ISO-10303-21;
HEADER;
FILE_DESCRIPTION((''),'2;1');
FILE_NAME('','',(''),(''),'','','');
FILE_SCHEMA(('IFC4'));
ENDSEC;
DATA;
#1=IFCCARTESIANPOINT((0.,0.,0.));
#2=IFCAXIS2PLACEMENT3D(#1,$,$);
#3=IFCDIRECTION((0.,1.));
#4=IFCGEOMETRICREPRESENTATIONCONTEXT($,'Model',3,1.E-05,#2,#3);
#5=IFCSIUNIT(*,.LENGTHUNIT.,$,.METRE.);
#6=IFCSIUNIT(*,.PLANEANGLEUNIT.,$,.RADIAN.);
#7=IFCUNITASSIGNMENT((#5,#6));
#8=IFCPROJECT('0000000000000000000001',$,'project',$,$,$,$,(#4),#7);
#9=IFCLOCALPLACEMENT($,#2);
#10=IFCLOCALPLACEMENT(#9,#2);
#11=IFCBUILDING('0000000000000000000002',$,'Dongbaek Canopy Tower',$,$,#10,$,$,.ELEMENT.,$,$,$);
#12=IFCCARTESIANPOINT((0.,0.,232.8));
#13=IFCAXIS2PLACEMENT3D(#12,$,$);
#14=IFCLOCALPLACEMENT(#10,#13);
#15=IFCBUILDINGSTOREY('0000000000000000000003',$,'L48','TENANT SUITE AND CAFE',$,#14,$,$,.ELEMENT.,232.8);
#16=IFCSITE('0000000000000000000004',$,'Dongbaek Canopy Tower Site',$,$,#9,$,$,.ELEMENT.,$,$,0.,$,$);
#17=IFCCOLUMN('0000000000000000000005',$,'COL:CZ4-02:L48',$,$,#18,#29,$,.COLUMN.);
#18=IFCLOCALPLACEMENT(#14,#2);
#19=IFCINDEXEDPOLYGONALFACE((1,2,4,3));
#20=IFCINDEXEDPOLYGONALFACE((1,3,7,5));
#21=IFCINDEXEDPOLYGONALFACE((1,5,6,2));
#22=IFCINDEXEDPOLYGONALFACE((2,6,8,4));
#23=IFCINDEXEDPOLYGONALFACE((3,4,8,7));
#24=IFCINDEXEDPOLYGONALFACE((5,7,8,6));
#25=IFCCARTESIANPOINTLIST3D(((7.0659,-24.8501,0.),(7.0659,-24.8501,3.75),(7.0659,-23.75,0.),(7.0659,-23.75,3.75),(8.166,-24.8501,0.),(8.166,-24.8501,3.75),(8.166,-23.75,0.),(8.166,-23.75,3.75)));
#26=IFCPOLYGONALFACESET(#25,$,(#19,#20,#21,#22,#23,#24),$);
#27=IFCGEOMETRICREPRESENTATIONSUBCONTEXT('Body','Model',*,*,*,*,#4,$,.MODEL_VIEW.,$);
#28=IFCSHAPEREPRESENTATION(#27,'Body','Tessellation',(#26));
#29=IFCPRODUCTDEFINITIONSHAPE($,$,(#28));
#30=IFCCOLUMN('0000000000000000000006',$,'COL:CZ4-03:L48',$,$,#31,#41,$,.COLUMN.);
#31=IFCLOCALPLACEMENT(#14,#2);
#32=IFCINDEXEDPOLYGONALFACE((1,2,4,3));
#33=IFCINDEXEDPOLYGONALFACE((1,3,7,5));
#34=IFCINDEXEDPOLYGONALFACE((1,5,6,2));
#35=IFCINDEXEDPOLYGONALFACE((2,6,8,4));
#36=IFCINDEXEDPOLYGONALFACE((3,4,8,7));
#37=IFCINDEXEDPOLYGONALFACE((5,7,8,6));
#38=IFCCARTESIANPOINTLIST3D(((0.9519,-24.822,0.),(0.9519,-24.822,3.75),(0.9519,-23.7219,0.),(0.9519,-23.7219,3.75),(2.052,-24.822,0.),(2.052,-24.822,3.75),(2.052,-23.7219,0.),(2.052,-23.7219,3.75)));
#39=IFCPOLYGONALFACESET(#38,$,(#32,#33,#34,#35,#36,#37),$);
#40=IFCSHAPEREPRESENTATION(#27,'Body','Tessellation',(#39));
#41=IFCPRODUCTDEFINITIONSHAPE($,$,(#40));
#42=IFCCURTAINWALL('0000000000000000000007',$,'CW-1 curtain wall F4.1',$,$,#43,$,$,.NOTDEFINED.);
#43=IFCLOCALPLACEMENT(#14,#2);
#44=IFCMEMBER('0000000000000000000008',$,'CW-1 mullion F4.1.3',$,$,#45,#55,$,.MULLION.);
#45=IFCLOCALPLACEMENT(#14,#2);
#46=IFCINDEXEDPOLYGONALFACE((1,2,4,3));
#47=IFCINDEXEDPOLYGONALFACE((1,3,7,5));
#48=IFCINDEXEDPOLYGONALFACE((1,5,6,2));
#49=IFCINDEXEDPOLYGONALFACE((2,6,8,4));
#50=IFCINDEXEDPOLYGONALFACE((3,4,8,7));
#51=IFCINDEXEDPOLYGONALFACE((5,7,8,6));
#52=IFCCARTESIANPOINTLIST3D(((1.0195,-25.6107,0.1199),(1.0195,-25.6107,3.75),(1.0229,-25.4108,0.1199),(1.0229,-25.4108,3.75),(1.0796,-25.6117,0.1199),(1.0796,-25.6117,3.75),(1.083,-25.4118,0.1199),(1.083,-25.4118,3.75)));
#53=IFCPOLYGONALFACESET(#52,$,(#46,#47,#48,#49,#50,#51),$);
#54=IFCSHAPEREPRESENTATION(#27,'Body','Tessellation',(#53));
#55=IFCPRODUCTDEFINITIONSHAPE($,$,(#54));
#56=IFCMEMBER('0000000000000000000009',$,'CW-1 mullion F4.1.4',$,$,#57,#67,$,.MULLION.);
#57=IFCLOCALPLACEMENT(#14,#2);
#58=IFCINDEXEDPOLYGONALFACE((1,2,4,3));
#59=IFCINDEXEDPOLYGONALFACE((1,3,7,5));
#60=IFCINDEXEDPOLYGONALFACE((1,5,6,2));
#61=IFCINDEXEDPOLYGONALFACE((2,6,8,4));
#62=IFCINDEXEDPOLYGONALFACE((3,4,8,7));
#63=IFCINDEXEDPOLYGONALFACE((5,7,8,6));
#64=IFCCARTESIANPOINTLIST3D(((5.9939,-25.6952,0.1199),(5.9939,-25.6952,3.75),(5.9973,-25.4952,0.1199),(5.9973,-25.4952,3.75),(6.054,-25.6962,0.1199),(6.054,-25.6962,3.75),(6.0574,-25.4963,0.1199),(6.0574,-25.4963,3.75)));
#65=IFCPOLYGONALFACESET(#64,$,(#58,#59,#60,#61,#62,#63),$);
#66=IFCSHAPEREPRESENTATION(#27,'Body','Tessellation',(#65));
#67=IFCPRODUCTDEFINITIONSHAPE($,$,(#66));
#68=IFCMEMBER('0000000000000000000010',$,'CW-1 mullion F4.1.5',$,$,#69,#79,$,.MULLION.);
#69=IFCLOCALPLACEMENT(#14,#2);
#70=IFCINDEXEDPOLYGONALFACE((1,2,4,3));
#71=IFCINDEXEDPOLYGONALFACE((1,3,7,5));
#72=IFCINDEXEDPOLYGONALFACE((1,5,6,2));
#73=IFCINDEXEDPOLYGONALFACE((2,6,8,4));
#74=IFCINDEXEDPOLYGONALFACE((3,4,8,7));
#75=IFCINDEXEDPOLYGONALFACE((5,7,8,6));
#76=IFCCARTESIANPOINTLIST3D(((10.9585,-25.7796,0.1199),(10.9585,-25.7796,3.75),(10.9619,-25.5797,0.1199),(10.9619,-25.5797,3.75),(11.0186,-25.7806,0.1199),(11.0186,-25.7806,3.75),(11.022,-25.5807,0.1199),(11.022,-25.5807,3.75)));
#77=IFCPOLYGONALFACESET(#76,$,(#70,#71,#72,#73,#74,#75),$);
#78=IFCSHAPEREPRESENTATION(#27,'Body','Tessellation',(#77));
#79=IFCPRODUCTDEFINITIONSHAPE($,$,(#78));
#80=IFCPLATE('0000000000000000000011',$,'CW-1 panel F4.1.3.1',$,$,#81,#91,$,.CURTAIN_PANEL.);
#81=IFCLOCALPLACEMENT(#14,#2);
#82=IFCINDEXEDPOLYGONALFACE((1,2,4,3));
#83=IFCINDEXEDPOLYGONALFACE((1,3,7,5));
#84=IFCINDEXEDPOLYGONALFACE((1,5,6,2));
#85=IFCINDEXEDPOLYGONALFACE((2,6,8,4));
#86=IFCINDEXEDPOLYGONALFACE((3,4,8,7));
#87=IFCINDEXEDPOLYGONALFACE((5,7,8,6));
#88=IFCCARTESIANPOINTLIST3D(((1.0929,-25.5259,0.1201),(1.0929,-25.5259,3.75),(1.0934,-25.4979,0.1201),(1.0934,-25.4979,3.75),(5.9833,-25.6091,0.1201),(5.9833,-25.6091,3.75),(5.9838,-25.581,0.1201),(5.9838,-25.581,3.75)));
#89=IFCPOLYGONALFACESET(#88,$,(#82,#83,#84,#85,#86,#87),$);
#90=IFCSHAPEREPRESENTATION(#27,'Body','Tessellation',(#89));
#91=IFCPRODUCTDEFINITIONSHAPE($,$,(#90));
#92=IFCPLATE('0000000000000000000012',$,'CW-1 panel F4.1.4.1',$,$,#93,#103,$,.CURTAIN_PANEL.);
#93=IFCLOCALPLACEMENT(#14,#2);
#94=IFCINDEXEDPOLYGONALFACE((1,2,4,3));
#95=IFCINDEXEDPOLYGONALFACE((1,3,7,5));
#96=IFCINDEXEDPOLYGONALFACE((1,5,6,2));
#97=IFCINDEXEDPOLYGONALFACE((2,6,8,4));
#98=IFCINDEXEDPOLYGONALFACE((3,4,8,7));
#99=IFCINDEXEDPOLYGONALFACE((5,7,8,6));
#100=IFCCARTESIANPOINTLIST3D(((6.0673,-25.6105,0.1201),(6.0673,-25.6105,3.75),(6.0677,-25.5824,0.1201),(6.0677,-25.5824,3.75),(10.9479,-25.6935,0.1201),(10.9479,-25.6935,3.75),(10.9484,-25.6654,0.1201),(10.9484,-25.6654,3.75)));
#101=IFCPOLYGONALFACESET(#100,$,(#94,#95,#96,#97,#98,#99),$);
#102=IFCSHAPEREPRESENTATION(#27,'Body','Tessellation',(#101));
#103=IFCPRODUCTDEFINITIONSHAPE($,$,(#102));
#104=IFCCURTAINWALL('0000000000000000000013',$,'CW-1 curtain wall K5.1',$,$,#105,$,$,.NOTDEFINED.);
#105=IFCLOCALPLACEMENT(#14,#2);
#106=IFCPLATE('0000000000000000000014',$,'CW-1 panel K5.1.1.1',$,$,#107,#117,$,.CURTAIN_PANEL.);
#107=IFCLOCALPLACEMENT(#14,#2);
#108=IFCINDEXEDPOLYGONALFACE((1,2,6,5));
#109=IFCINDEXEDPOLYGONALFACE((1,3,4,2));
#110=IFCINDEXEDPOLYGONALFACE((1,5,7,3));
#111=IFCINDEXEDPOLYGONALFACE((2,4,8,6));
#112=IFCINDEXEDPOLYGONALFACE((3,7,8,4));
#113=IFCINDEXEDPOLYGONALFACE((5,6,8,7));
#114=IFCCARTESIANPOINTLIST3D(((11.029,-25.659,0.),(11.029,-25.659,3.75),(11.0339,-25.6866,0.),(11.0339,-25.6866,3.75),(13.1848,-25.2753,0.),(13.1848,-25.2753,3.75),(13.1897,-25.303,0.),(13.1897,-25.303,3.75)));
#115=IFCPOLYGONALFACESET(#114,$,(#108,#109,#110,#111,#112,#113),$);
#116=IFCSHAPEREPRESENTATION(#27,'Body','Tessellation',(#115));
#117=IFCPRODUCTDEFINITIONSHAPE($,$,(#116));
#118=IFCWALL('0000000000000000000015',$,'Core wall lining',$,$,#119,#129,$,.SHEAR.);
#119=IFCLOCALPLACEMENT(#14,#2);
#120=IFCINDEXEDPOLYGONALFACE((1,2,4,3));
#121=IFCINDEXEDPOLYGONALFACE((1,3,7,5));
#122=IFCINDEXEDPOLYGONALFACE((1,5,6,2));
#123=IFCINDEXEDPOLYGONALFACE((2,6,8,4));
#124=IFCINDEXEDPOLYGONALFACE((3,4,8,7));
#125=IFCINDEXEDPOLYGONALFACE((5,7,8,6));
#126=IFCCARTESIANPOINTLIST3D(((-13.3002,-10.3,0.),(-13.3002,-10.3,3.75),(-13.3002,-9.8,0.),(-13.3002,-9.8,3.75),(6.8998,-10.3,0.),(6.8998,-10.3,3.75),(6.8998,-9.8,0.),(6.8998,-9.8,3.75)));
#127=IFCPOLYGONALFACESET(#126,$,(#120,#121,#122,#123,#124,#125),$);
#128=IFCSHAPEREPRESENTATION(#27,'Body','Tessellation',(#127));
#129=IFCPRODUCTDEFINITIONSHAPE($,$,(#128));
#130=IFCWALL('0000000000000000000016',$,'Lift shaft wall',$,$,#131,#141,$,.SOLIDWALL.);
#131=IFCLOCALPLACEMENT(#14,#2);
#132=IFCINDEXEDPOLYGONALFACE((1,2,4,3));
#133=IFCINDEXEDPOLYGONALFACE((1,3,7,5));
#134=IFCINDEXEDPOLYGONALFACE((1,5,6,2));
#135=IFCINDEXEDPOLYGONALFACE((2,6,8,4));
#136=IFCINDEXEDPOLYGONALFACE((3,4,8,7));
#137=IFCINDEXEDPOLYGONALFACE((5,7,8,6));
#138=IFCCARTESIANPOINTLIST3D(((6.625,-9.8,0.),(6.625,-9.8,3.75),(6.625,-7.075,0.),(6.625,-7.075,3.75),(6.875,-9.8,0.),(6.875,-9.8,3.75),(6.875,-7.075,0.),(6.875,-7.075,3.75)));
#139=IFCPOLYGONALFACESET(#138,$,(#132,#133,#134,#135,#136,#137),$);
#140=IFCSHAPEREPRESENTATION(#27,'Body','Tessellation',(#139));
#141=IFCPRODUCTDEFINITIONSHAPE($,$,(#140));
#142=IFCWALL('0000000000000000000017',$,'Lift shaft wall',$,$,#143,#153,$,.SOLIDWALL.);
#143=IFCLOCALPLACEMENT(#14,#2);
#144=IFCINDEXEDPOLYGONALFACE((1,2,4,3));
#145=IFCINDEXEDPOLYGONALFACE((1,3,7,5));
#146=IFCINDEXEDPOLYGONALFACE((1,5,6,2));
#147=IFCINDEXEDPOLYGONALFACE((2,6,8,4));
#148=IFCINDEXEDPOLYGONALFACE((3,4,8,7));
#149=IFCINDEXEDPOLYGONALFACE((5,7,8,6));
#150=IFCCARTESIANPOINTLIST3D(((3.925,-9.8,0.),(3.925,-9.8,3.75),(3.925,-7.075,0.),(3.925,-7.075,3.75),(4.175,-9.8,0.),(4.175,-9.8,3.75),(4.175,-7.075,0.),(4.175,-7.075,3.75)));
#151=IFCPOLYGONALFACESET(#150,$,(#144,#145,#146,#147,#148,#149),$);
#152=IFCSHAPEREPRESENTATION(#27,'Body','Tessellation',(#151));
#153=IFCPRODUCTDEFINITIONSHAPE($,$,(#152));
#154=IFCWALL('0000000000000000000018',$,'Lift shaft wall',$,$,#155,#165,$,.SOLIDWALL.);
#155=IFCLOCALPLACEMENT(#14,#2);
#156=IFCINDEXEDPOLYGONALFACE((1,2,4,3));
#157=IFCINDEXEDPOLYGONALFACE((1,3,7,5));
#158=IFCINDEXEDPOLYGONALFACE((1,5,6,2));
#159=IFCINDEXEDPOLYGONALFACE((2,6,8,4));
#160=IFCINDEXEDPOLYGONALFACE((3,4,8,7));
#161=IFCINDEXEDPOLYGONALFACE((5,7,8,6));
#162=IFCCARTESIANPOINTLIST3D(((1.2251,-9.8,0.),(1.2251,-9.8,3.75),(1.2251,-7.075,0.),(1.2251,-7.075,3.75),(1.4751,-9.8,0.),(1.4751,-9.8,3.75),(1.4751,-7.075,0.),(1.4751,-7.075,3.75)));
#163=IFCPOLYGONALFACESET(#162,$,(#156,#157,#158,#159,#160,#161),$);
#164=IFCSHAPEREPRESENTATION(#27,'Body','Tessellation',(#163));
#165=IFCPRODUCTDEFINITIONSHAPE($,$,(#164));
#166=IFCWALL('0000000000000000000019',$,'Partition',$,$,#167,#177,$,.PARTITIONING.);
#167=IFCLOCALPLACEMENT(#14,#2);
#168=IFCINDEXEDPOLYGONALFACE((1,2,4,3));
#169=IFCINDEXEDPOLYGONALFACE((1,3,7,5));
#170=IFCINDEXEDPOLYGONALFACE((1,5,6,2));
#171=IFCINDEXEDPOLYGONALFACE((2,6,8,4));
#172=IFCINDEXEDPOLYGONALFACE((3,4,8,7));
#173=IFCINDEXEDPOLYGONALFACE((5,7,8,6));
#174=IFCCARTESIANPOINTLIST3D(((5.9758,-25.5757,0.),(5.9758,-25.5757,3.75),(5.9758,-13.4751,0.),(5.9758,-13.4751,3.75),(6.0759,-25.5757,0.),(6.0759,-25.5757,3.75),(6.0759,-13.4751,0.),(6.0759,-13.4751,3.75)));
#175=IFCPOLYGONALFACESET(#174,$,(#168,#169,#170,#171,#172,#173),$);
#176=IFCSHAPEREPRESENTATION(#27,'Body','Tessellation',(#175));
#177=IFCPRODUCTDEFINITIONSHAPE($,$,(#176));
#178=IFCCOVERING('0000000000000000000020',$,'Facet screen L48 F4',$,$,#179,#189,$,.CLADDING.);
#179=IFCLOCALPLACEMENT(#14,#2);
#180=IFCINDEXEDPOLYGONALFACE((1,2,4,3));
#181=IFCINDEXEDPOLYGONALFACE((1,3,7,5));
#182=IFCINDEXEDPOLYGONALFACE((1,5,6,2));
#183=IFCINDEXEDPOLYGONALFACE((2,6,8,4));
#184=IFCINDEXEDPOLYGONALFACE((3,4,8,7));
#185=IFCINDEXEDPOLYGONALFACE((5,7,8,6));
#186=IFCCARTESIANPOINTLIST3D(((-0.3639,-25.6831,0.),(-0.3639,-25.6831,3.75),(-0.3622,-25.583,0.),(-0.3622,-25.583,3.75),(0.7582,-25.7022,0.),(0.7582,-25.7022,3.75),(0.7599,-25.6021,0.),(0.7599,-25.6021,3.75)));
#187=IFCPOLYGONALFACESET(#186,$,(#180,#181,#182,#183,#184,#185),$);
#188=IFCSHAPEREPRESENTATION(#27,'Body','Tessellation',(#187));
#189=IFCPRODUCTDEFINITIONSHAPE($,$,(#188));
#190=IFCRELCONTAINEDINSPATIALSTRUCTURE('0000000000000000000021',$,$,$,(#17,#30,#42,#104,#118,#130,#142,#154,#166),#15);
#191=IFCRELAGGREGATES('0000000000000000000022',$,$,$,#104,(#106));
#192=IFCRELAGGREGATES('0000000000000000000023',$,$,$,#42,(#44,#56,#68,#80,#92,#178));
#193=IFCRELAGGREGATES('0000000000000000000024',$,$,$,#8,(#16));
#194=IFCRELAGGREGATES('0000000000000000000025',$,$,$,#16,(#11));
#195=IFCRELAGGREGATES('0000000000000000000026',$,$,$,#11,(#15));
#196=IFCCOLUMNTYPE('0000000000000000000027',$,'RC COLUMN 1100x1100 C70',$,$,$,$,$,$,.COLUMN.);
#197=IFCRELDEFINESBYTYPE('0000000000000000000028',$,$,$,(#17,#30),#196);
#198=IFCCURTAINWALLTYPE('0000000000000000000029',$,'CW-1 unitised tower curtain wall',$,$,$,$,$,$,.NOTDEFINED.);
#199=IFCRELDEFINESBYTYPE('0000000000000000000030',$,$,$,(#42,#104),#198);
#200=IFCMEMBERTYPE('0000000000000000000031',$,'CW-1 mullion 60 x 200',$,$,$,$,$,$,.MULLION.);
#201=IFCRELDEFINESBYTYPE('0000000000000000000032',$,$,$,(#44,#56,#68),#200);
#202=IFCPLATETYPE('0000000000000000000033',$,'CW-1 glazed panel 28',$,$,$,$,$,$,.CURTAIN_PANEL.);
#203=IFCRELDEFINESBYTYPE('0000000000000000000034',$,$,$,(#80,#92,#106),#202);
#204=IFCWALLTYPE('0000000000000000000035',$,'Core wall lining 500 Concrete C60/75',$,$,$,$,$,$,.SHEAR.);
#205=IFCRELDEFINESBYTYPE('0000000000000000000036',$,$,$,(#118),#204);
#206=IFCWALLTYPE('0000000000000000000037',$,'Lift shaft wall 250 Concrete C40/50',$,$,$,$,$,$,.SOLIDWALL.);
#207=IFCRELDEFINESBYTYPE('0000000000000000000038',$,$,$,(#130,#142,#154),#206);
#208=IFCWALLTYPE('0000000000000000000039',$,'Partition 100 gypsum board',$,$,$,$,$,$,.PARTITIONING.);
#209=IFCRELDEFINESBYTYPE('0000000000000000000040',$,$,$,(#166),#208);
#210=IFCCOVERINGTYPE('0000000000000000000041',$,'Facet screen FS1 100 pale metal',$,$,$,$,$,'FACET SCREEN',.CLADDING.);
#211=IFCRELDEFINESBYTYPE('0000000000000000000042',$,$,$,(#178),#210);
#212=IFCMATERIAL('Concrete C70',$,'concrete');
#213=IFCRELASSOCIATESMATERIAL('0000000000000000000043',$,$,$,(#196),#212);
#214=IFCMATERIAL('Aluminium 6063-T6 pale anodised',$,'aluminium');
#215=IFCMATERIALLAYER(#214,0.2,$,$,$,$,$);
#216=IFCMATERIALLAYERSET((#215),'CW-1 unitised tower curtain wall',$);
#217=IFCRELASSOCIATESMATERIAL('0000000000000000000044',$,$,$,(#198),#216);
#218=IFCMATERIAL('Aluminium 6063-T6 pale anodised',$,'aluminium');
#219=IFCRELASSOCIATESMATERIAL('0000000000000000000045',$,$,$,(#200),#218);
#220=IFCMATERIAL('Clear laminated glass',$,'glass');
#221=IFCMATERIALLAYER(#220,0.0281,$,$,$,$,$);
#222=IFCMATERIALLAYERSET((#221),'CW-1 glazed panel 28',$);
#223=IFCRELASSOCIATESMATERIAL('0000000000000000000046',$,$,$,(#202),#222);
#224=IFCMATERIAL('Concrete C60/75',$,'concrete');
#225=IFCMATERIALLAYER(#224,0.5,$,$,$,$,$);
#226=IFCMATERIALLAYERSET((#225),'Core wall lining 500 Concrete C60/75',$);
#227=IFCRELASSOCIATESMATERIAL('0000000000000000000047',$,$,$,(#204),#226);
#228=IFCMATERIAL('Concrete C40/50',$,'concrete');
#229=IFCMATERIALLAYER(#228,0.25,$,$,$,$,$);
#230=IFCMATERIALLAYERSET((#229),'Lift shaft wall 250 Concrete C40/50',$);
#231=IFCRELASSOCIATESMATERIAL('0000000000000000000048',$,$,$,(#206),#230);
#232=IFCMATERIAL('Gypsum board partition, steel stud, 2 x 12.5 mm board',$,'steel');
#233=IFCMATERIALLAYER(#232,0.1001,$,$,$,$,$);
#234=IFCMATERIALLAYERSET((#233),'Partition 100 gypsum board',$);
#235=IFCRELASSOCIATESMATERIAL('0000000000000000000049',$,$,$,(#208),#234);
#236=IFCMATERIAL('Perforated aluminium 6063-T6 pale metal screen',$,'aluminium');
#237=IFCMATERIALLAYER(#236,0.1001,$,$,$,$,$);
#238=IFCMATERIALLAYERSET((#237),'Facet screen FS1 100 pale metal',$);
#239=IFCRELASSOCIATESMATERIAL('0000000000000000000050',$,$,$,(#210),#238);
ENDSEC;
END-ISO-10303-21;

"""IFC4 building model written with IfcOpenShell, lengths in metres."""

from ifc_helpers import new_model, si_unit, direction, frame, frame_2d, origin, origin_2d, place, context, subcontext, project, spatial, rectangle, extrude, material, layer, layer_set, material_profile, profile_set, type_object, element, aggregate, save


model = new_model("IFC4")

# Units and contexts
model_context = context("Model", 3, precision=1e-05, world=origin(), true_north=direction((0.0, 1.0)))
body_context = subcontext(model_context, "Body", "Model", "MODEL_VIEW")
ifc_project = project(units=[si_unit("LENGTHUNIT", "METRE"), si_unit("PLANEANGLEUNIT", "RADIAN")], contexts=[model_context])

# Site, building, storey
site_placement = place(None, origin())
site = spatial("IfcSite", under=ifc_project, at=site_placement, Name="Dongbaek Canopy Tower Site", CompositionType="ELEMENT", RefElevation=0.0)
building_placement = place(site_placement, origin())
building = spatial("IfcBuilding", under=site, at=building_placement, Name="Dongbaek Canopy Tower", CompositionType="ELEMENT")
storey_placement = place(building_placement, frame((0.0, 0.0, 232.8)))
storey = spatial("IfcBuildingStorey", under=building, at=storey_placement, Name="L48", Description="TENANT SUITE AND CAFE", CompositionType="ELEMENT", Elevation=232.8)

# Columns
ifc_material_1 = material(Name="Concrete C70", Category="concrete")
ifc_material_profile_1 = material_profile(ifc_material_1, rectangle(XDim=1.1001, YDim=1.1001, at=origin_2d()), Name="RC COLUMN 1100x1100 C70")
ifc_profile_set_1 = profile_set([ifc_material_profile_1], Name="Concrete C70")
column_type = type_object("IfcColumnType", Name="RC COLUMN 1100x1100 C70", PredefinedType="COLUMN", material=ifc_profile_set_1)
for number, where, z_axis, x_axis, name in (
    (1, (7.616, -24.3, 0.0), (0.0, 0.0, 1.0), (1.0, 0.0, 0.0), "COL:CZ4-02:L48"),
    (2, (1.502, -24.272, 0.0), (0.0, 0.0, 1.0), (1.0, 0.0, 0.0), "COL:CZ4-03:L48"),
):
    element("IfcColumn", number, at=place(storey_placement, frame(where, z_axis=z_axis, x_axis=x_axis)), inside=storey, type_object=column_type, Name=name, PredefinedType="COLUMN", context=body_context, shape_type="SweptSolid", body=[
        extrude(rectangle(XDim=1.1001, YDim=1.1001, at=origin_2d()), origin(), (0.0, 0.0, 1.0), 3.75),
    ])

# Curtain wall, members, plates
ifc_material_2 = material(Name="Aluminium 6063-T6 pale anodised", Category="aluminium")
ifc_layer_1 = layer(ifc_material_2, 0.2)
ifc_layer_set_1 = layer_set([ifc_layer_1], Name="CW-1 unitised tower curtain wall")
curtain_wall_type = type_object("IfcCurtainWallType", Name="CW-1 unitised tower curtain wall", PredefinedType="NOTDEFINED", material=ifc_layer_set_1)
curtain_wall_1_placement = place(storey_placement, origin())
curtain_wall_1 = element("IfcCurtainWall", 3, at=curtain_wall_1_placement, inside=storey, type_object=curtain_wall_type, Name="CW-1 curtain wall F4.1", PredefinedType="NOTDEFINED")
ifc_material_3 = material(Name="Aluminium 6063-T6 pale anodised", Category="aluminium")
ifc_material_profile_2 = material_profile(ifc_material_3, rectangle(XDim=0.2, YDim=0.0601, at=origin_2d()), Name="CW-1 mullion 60 x 200")
ifc_profile_set_2 = profile_set([ifc_material_profile_2], Name="Aluminium 6063-T6 pale anodised")
member_type = type_object("IfcMemberType", Name="CW-1 mullion 60 x 200", PredefinedType="MULLION", material=ifc_profile_set_2)
member_1_placement = place(storey_placement, frame((1.0513, -25.5112, 0.1199), z_axis=(0.0, 0.0, 1.0), x_axis=(-0.016993, -0.999856, 0.0)))
member_1 = element("IfcMember", 4, at=member_1_placement, type_object=member_type, Name="CW-1 mullion F4.1.3", PredefinedType="MULLION", context=body_context, shape_type="SweptSolid", body=[
    extrude(rectangle(XDim=0.2, YDim=0.0601, at=origin_2d()), origin(), (0.0, 0.0, 1.0), 3.6301),
])
member_2_placement = place(storey_placement, frame((6.0256, -25.5957, 0.1199), z_axis=(0.0, 0.0, 1.0), x_axis=(-0.016993, -0.999856, 0.0)))
member_2 = element("IfcMember", 5, at=member_2_placement, type_object=member_type, Name="CW-1 mullion F4.1.4", PredefinedType="MULLION", context=body_context, shape_type="SweptSolid", body=[
    extrude(rectangle(XDim=0.2, YDim=0.0601, at=origin_2d()), origin(), (0.0, 0.0, 1.0), 3.6301),
])
member_3_placement = place(storey_placement, frame((10.9902, -25.6802, 0.1199), z_axis=(0.0, 0.0, 1.0), x_axis=(-0.016993, -0.999856, 0.0)))
member_3 = element("IfcMember", 6, at=member_3_placement, type_object=member_type, Name="CW-1 mullion F4.1.5", PredefinedType="MULLION", context=body_context, shape_type="SweptSolid", body=[
    extrude(rectangle(XDim=0.2, YDim=0.0601, at=origin_2d()), origin(), (0.0, 0.0, 1.0), 3.6301),
])
ifc_material_4 = material(Name="Clear laminated glass", Category="glass")
ifc_layer_2 = layer(ifc_material_4, 0.0281)
ifc_layer_set_2 = layer_set([ifc_layer_2], Name="CW-1 glazed panel 28")
plate_type = type_object("IfcPlateType", Name="CW-1 glazed panel 28", PredefinedType="CURTAIN_PANEL", material=ifc_layer_set_2)
plate_1_placement = place(storey_placement, frame((3.5383, -25.5535, 0.1201), z_axis=(0.0, 0.0, 1.0), x_axis=(0.999856, -0.016993, 0.0)))
plate_1 = element("IfcPlate", 7, at=plate_1_placement, type_object=plate_type, Name="CW-1 panel F4.1.3.1", PredefinedType="CURTAIN_PANEL", context=body_context, shape_type="SweptSolid", body=[
    extrude(rectangle(XDim=4.8911, YDim=0.0281, at=origin_2d()), origin(), (0.0, 0.0, 1.0), 3.6299),
])
plate_2_placement = place(storey_placement, frame((8.5078, -25.6379, 0.1201), z_axis=(0.0, 0.0, 1.0), x_axis=(0.999856, -0.016993, 0.0)))
plate_2 = element("IfcPlate", 8, at=plate_2_placement, type_object=plate_type, Name="CW-1 panel F4.1.4.1", PredefinedType="CURTAIN_PANEL", context=body_context, shape_type="SweptSolid", body=[
    extrude(rectangle(XDim=4.8813, YDim=0.0281, at=origin_2d()), origin(), (0.0, 0.0, 1.0), 3.6299),
])

# Curtain wall, plate
curtain_wall_2_placement = place(storey_placement, origin())
curtain_wall_2 = element("IfcCurtainWall", 9, at=curtain_wall_2_placement, inside=storey, type_object=curtain_wall_type, Name="CW-1 curtain wall K5.1", PredefinedType="NOTDEFINED")
plate_3_placement = place(storey_placement, frame((12.1094, -25.481, 0.0), z_axis=(0.0, 0.0, 1.0), x_axis=(0.984533, 0.175201, 0.0)))
plate_3 = element("IfcPlate", 10, at=plate_3_placement, type_object=plate_type, Name="CW-1 panel K5.1.1.1", PredefinedType="CURTAIN_PANEL", context=body_context, shape_type="SweptSolid", body=[
    extrude(rectangle(XDim=2.1897, YDim=0.0281, at=origin_2d()), origin(), (0.0, 0.0, 1.0), 3.75),
])
aggregate(curtain_wall_2, [plate_3])

# Walls
ifc_material_5 = material(Name="Concrete C60/75", Category="concrete")
ifc_layer_3 = layer(ifc_material_5, 0.5)
ifc_layer_set_3 = layer_set([ifc_layer_3], Name="Core wall lining 500 Concrete C60/75")
wall_type_1 = type_object("IfcWallType", Name="Core wall lining 500 Concrete C60/75", PredefinedType="SHEAR", material=ifc_layer_set_3)
wall_1_placement = place(storey_placement, frame((6.8999, -10.05, 0.0), z_axis=(0.0, 0.0, 1.0), x_axis=(-1.0, 0.0, 0.0)))
element("IfcWall", 11, at=wall_1_placement, inside=storey, type_object=wall_type_1, Name="Core wall lining", PredefinedType="SHEAR", context=body_context, shape_type="SweptSolid", body=[
    extrude(rectangle(XDim=20.2, YDim=0.5, at=frame_2d((10.1001, 0.0))), origin(), (0.0, 0.0, 1.0), 3.75),
])
ifc_material_6 = material(Name="Concrete C40/50", Category="concrete")
ifc_layer_4 = layer(ifc_material_6, 0.25)
ifc_layer_set_4 = layer_set([ifc_layer_4], Name="Lift shaft wall 250 Concrete C40/50")
wall_type_2 = type_object("IfcWallType", Name="Lift shaft wall 250 Concrete C40/50", PredefinedType="SOLIDWALL", material=ifc_layer_set_4)
for number, where, z_axis, x_axis, name in (
    (12, (6.75, -9.8, 0.0), (0.0, 0.0, 1.0), (0.0, 1.0, 0.0), "Lift shaft wall"),
    (13, (4.05, -9.8, 0.0), (0.0, 0.0, 1.0), (0.0, 1.0, 0.0), "Lift shaft wall"),
    (14, (1.3501, -9.8, 0.0), (0.0, 0.0, 1.0), (0.0, 1.0, 0.0), "Lift shaft wall"),
):
    element("IfcWall", number, at=place(storey_placement, frame(where, z_axis=z_axis, x_axis=x_axis)), inside=storey, type_object=wall_type_2, Name=name, PredefinedType="SOLIDWALL", context=body_context, shape_type="SweptSolid", body=[
        extrude(rectangle(XDim=2.7251, YDim=0.25, at=frame_2d((1.3625, 0.0))), origin(), (0.0, 0.0, 1.0), 3.75),
    ])
ifc_material_7 = material(Name="Gypsum board partition, steel stud, 2 x 12.5 mm board", Category="steel")
ifc_layer_5 = layer(ifc_material_7, 0.1001)
ifc_layer_set_5 = layer_set([ifc_layer_5], Name="Partition 100 gypsum board")
wall_type_3 = type_object("IfcWallType", Name="Partition 100 gypsum board", PredefinedType="PARTITIONING", material=ifc_layer_set_5)
wall_2_placement = place(storey_placement, frame((6.0259, -25.5757, 0.0), z_axis=(0.0, 0.0, 1.0), x_axis=(0.0, 1.0, 0.0)))
element("IfcWall", 15, at=wall_2_placement, inside=storey, type_object=wall_type_3, Name="Partition", PredefinedType="PARTITIONING", context=body_context, shape_type="SweptSolid", body=[
    extrude(rectangle(XDim=12.1006, YDim=0.1001, at=frame_2d((6.0503, 0.0))), origin(), (0.0, 0.0, 1.0), 3.75),
])

# Covering
ifc_material_8 = material(Name="Perforated aluminium 6063-T6 pale metal screen", Category="aluminium")
ifc_layer_6 = layer(ifc_material_8, 0.1001)
ifc_layer_set_6 = layer_set([ifc_layer_6], Name="Facet screen FS1 100 pale metal")
covering_type_1 = type_object("IfcCoveringType", Name="Facet screen FS1 100 pale metal", ElementType="FACET SCREEN", PredefinedType="CLADDING", material=ifc_layer_set_6)
covering_1_placement = place(storey_placement, frame((0.198, -25.6426, 0.0), z_axis=(0.0, 0.0, 1.0), x_axis=(0.999856, -0.016993, 0.0)))
covering_1 = element("IfcCovering", 16, at=covering_1_placement, type_object=covering_type_1, Name="Facet screen L48 F4", PredefinedType="CLADDING", context=body_context, shape_type="SweptSolid", body=[
    extrude(rectangle(XDim=1.1223, YDim=0.1001, at=origin_2d()), origin(), (0.0, 0.0, 1.0), 3.75),
])
aggregate(curtain_wall_1, [member_1, member_2, member_3, plate_1, plate_2, covering_1])

save(model, "model.ifc")
